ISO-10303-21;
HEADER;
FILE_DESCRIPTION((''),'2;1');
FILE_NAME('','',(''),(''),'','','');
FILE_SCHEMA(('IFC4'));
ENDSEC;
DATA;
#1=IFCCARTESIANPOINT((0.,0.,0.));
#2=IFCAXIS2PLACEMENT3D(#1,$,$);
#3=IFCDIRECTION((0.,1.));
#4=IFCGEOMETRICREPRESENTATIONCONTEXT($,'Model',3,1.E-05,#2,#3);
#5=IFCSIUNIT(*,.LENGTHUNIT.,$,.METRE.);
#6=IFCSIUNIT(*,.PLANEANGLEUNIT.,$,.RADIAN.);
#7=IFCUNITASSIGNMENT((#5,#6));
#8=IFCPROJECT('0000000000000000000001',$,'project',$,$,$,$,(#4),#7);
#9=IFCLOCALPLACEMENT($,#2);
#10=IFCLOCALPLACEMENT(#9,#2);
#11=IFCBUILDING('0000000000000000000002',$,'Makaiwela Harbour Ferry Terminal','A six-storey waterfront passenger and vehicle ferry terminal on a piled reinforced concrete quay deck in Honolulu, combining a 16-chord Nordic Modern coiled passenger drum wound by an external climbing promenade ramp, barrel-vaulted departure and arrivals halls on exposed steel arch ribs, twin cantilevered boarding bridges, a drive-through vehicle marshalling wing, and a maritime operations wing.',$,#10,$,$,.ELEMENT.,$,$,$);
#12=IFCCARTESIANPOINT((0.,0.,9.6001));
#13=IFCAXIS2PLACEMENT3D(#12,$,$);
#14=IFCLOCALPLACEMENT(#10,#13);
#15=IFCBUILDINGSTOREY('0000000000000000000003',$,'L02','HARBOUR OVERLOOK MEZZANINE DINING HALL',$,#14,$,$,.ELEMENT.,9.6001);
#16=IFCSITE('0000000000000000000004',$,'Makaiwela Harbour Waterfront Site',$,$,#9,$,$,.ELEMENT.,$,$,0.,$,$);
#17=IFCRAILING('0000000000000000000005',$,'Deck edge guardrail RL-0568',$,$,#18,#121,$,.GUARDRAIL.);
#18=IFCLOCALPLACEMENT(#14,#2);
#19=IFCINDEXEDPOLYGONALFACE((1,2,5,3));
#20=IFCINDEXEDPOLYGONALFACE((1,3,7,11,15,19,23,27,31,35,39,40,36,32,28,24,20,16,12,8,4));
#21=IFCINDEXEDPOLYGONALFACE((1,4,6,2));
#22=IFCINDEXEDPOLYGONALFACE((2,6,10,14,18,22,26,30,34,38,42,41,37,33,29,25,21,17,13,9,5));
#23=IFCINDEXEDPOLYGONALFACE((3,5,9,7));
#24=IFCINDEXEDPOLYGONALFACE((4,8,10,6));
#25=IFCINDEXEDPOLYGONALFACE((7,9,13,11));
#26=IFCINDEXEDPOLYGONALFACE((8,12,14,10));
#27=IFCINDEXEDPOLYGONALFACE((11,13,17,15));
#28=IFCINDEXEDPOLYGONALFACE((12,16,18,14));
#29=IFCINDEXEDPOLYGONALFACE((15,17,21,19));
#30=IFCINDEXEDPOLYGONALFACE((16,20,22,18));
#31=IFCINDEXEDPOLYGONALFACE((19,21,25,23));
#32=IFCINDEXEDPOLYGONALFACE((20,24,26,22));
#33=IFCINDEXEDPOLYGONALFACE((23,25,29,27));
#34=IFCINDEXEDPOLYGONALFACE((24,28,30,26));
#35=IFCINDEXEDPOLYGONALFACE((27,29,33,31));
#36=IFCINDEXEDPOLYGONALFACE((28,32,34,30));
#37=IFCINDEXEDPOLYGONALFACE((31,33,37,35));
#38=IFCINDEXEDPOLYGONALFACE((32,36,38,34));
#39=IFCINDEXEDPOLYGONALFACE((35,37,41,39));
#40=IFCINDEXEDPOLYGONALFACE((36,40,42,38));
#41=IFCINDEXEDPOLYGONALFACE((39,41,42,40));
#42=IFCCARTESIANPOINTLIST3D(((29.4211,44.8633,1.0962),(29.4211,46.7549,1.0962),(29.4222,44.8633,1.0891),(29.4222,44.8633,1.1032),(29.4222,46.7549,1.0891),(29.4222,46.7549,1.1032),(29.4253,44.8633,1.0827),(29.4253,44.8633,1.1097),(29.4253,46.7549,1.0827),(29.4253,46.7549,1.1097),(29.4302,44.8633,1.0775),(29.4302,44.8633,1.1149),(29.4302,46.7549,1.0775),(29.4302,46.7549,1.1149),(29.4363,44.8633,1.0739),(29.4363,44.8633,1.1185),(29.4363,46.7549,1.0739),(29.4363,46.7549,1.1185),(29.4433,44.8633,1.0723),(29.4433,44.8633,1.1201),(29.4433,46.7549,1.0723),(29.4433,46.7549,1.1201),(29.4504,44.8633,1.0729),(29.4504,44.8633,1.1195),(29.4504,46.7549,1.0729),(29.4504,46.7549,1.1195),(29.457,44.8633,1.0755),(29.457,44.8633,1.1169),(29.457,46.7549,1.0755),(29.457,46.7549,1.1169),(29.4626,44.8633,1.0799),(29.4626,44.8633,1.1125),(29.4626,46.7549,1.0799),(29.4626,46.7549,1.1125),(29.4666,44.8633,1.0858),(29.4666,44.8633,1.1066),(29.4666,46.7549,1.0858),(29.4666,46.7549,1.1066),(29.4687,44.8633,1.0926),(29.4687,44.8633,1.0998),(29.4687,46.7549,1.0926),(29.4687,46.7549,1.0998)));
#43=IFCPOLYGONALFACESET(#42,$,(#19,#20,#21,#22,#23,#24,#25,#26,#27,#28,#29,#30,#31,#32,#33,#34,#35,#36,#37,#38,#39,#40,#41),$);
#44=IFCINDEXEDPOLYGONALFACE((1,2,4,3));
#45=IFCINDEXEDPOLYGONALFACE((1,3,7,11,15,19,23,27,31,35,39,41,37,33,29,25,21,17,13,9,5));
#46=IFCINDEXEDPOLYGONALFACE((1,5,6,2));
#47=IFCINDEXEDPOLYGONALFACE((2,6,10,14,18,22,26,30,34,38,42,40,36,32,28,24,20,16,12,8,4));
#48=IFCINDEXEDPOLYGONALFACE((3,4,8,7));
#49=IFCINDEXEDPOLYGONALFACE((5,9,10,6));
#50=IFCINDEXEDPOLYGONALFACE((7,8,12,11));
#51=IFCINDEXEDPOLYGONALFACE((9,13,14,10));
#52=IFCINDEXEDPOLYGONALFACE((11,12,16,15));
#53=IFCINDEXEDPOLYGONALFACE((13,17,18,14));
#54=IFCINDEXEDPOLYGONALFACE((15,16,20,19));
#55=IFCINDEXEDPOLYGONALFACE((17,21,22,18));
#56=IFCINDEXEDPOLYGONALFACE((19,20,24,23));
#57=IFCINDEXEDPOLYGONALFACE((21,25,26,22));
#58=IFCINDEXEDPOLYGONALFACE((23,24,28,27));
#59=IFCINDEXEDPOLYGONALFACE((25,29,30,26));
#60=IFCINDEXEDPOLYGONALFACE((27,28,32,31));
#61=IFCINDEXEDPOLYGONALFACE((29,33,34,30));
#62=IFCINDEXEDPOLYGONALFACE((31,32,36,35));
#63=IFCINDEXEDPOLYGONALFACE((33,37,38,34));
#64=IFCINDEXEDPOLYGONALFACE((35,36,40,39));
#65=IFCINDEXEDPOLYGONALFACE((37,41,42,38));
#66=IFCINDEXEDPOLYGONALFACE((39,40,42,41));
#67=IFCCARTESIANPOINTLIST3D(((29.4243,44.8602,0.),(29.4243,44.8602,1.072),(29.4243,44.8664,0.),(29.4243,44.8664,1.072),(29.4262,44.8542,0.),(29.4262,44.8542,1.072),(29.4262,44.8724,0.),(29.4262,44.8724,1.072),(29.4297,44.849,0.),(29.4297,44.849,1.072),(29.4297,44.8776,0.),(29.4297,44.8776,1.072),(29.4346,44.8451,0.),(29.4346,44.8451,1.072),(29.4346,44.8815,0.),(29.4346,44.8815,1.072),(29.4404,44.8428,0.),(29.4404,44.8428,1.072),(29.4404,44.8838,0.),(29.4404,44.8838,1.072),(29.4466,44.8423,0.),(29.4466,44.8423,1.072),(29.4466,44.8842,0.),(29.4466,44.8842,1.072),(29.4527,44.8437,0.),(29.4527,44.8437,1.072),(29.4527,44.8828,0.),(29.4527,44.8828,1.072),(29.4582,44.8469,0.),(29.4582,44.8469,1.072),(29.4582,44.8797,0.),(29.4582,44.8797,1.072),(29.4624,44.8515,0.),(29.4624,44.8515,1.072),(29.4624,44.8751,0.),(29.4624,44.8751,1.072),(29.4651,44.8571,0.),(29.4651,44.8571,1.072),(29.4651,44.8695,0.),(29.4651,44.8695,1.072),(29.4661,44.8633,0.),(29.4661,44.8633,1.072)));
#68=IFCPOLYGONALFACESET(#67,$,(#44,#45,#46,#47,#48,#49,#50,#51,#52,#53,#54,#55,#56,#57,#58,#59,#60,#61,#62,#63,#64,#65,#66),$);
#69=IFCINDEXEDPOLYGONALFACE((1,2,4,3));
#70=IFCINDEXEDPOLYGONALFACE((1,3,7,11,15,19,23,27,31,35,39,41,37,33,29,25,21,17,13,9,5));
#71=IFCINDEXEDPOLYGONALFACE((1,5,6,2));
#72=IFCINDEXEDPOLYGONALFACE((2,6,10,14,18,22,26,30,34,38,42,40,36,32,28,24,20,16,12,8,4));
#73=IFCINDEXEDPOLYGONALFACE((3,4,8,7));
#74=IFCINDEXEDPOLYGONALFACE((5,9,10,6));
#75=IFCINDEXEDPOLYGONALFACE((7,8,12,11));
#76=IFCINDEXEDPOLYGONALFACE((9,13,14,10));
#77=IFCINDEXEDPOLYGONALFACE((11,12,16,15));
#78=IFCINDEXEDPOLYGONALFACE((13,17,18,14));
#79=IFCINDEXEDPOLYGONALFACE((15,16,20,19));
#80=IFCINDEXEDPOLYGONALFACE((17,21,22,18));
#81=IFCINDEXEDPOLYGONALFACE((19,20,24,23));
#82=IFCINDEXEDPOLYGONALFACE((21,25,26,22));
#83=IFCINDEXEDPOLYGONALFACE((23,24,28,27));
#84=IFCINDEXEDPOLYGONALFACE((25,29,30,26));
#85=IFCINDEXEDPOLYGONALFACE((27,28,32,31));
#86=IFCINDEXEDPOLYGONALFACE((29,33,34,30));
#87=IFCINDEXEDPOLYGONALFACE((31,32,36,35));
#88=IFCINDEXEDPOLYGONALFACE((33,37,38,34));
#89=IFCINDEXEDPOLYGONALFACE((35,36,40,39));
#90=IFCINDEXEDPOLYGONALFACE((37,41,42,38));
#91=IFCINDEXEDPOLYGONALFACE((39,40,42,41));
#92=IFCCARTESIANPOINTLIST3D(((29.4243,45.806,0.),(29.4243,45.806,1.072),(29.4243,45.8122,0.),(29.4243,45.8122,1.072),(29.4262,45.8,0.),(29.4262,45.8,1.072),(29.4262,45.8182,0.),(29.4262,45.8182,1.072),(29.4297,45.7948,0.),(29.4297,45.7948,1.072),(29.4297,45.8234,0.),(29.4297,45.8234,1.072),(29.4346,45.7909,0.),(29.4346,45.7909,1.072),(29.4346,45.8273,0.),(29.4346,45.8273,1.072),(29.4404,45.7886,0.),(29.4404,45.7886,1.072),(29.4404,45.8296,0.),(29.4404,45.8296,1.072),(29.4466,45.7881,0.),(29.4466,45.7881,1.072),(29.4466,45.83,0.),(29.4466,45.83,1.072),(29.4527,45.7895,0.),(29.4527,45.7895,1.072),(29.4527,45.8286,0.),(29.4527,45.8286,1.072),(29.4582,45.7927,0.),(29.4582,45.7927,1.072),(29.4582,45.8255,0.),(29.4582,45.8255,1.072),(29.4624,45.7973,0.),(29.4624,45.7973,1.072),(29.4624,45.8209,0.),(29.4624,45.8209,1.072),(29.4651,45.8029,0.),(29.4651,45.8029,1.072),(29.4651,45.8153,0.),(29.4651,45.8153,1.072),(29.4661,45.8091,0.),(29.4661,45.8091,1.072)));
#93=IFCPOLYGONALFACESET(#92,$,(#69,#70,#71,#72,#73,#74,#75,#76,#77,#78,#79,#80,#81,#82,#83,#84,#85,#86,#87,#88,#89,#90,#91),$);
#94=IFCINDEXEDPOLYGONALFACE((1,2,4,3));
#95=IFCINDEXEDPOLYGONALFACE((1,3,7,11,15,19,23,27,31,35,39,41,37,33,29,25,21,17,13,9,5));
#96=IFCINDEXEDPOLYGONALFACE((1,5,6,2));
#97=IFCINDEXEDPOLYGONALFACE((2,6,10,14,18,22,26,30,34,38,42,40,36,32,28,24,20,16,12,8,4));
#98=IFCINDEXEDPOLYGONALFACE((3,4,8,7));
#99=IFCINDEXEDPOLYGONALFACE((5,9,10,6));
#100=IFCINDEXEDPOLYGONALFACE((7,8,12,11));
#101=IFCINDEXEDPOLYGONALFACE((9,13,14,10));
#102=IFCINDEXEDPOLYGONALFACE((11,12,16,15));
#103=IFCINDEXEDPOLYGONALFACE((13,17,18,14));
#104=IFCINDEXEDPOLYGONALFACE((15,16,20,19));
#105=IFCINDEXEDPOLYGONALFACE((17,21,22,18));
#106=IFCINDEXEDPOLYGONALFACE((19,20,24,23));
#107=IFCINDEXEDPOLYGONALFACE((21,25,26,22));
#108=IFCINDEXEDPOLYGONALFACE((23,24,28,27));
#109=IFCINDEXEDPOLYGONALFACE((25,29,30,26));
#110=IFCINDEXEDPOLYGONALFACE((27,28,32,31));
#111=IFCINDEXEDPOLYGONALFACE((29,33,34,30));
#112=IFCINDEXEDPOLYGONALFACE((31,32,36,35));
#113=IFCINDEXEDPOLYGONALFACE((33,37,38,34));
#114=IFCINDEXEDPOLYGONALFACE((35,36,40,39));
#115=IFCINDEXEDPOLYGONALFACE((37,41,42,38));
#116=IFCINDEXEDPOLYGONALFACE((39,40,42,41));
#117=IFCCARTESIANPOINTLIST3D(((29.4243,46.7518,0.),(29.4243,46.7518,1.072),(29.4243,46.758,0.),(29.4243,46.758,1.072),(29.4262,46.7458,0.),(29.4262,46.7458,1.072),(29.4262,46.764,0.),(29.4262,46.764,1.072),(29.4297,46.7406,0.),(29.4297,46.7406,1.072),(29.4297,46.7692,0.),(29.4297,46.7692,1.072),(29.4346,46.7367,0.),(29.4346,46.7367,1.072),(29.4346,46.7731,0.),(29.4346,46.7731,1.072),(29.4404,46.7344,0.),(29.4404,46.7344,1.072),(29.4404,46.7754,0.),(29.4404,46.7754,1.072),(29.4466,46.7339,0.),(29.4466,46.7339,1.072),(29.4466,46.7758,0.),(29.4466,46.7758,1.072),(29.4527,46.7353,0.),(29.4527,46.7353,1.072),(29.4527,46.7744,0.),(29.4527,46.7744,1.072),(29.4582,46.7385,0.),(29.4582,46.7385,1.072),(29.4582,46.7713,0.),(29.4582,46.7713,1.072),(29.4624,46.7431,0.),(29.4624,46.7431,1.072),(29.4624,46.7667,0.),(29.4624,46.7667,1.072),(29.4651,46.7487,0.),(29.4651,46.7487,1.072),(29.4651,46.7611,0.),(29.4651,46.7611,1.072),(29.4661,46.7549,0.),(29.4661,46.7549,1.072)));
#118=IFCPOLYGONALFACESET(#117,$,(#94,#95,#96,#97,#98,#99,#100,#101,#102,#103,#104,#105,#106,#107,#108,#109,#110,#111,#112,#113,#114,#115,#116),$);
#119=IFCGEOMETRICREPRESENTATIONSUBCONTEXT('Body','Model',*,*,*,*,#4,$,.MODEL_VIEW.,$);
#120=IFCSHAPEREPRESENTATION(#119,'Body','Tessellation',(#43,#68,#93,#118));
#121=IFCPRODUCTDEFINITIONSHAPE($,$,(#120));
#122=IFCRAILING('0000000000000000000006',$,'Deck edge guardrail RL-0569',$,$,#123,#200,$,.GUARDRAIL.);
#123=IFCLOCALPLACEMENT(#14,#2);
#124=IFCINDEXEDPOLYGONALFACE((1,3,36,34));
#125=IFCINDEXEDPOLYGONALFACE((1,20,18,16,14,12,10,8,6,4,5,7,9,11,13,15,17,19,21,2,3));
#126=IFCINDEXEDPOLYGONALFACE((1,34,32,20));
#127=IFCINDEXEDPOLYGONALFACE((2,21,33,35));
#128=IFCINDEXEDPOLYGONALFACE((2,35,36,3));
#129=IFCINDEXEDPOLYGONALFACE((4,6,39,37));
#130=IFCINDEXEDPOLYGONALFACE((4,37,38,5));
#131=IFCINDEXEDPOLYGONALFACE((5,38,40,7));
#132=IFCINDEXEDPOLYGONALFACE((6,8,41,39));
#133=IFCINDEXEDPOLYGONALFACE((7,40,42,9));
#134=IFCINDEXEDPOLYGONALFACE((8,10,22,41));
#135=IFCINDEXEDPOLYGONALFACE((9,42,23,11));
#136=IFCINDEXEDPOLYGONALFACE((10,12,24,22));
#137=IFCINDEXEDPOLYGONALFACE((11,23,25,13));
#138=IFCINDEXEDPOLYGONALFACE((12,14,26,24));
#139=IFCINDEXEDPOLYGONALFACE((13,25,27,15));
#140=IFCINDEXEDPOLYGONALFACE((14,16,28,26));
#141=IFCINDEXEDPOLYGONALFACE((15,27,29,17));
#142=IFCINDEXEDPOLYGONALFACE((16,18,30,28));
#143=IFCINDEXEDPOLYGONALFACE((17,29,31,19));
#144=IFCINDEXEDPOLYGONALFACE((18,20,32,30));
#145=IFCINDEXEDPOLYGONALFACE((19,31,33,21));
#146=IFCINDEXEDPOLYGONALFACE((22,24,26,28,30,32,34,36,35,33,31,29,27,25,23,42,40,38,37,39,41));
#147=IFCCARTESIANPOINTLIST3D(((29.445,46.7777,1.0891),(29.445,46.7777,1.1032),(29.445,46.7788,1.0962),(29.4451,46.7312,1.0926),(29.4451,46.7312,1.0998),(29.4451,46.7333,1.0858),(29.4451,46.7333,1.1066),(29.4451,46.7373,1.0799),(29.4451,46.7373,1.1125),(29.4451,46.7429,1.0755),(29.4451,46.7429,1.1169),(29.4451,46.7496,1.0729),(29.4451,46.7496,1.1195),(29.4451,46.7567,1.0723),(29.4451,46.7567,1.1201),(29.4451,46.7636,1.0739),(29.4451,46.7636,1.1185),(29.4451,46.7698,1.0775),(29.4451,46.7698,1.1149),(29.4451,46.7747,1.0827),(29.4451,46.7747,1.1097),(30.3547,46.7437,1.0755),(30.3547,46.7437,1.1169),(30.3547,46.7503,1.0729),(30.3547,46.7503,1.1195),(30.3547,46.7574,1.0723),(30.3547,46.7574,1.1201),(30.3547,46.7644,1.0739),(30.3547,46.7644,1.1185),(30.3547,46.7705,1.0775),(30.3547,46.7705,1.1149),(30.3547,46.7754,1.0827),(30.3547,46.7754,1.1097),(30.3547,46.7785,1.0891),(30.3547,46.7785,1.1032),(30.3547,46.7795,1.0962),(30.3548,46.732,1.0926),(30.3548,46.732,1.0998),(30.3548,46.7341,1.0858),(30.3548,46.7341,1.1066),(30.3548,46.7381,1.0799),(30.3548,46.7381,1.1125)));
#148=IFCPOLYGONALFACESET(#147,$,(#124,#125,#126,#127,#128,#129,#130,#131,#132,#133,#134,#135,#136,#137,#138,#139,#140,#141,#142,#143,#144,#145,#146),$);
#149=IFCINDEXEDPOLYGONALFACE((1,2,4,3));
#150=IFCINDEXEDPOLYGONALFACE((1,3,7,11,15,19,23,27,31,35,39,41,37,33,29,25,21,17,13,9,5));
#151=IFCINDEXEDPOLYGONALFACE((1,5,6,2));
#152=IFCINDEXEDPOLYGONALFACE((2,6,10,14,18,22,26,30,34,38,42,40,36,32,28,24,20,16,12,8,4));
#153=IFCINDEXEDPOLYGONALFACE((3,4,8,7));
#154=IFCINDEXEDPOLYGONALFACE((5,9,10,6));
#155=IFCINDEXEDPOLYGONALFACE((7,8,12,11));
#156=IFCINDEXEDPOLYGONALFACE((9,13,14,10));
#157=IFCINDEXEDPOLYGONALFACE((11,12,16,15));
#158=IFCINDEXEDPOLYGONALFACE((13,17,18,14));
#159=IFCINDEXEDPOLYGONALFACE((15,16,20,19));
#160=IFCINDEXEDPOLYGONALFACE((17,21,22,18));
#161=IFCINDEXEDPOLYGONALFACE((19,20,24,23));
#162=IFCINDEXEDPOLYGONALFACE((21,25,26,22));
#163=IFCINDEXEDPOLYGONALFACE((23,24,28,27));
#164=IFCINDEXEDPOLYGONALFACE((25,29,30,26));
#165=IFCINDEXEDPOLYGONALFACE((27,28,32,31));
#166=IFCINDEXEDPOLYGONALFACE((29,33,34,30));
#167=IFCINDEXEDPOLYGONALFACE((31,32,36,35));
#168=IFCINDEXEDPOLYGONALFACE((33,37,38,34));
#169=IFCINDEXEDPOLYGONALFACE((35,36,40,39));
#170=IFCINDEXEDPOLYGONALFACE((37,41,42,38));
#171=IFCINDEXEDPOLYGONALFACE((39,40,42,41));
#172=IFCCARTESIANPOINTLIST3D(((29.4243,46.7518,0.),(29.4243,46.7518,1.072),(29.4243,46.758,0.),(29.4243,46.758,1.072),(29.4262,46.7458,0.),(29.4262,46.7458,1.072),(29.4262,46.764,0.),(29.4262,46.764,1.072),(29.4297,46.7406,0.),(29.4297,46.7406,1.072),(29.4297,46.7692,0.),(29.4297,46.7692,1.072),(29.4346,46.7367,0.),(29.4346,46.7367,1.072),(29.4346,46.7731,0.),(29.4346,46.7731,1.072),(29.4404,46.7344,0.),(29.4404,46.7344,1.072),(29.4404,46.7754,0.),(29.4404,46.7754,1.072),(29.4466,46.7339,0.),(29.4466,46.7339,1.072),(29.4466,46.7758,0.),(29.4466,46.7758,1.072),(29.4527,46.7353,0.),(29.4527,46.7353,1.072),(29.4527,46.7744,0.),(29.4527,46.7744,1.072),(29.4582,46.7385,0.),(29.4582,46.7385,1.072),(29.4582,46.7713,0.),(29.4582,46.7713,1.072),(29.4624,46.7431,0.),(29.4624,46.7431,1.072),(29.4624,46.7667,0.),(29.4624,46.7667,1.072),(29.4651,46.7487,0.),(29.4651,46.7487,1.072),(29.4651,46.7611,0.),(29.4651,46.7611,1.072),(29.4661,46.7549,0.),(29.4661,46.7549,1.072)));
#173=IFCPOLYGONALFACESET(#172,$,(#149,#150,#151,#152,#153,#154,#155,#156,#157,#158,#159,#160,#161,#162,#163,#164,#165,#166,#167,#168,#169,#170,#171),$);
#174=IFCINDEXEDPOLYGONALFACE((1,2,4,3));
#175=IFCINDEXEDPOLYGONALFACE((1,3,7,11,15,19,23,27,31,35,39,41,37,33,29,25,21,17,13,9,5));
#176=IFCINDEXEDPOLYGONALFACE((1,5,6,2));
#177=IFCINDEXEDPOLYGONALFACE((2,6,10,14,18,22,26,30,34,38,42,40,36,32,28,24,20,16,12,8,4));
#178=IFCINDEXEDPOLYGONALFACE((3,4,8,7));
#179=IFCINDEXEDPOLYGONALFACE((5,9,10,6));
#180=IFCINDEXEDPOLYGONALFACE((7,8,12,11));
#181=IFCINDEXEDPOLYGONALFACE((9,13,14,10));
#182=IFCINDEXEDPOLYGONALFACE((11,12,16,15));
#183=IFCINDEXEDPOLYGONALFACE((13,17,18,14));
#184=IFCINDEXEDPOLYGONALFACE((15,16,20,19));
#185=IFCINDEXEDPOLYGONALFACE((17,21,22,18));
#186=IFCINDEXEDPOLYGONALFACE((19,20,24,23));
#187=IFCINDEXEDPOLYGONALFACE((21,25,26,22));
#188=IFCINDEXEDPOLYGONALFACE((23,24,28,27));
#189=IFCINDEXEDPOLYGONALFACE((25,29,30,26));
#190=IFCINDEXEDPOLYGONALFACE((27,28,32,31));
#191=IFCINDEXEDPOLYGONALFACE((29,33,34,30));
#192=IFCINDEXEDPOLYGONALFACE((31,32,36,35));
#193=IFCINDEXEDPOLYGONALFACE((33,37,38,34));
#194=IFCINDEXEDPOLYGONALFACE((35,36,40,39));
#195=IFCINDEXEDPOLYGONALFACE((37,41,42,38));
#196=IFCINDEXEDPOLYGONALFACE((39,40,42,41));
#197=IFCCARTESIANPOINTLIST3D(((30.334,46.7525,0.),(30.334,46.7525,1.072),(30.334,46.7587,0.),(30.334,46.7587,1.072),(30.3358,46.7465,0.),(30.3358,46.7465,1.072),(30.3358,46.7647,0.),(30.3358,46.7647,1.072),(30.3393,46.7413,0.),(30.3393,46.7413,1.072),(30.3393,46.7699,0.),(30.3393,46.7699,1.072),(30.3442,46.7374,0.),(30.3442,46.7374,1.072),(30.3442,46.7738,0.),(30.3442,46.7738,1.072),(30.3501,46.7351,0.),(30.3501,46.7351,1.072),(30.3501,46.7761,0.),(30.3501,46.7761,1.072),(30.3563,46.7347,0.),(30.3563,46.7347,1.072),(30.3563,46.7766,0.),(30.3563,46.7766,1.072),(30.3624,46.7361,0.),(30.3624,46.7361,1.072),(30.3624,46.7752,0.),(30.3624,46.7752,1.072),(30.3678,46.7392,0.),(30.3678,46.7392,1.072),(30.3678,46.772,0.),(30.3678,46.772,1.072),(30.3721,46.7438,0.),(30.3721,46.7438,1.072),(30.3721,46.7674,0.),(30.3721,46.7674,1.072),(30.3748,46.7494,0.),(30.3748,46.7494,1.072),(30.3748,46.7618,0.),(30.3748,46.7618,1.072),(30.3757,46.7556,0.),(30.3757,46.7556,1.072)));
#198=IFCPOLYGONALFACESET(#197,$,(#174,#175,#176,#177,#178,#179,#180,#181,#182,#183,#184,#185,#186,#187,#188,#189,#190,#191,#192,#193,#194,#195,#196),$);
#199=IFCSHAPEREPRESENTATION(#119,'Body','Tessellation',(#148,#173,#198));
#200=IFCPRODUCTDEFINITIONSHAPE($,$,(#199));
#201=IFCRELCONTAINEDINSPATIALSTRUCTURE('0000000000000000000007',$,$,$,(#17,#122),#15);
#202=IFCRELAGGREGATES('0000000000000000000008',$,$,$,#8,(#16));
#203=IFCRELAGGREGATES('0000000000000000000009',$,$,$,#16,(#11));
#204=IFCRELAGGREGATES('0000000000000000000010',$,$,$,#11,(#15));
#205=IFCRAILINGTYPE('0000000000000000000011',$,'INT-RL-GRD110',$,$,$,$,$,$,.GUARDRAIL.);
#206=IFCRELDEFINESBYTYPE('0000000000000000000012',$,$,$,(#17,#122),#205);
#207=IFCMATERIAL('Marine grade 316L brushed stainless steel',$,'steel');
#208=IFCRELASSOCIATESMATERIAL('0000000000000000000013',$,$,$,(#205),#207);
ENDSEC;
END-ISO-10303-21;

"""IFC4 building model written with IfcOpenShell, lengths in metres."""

from ifc_helpers import new_model, si_unit, direction, frame, origin, origin_2d, place, context, subcontext, project, spatial, circle, extrude, material, type_object, element, save


model = new_model("IFC4")

# Units and contexts
model_context = context("Model", 3, precision=1e-05, world=origin(), true_north=direction((0.0, 1.0)))
body_context = subcontext(model_context, "Body", "Model", "MODEL_VIEW")
ifc_project = project(units=[si_unit("LENGTHUNIT", "METRE"), si_unit("PLANEANGLEUNIT", "RADIAN")], contexts=[model_context])

# Site, building, storey
site_placement = place(None, origin())
site = spatial("IfcSite", under=ifc_project, at=site_placement, Name="Makaiwela Harbour Waterfront Site", CompositionType="ELEMENT", RefElevation=0.0)
building_placement = place(site_placement, origin())
building = spatial("IfcBuilding", under=site, at=building_placement, Name="Makaiwela Harbour Ferry Terminal", Description="A six-storey waterfront passenger and vehicle ferry terminal on a piled reinforced concrete quay deck in Honolulu, combining a 16-chord Nordic Modern coiled passenger drum wound by an external climbing promenade ramp, barrel-vaulted departure and arrivals halls on exposed steel arch ribs, twin cantilevered boarding bridges, a drive-through vehicle marshalling wing, and a maritime operations wing.", CompositionType="ELEMENT")
storey_placement = place(building_placement, frame((0.0, 0.0, 9.6001)))
storey = spatial("IfcBuildingStorey", under=building, at=storey_placement, Name="L02", Description="HARBOUR OVERLOOK MEZZANINE DINING HALL", CompositionType="ELEMENT", Elevation=9.6001)

# Railings
ifc_material_1 = material(Name="Marine grade 316L brushed stainless steel", Category="steel")
railing_type = type_object("IfcRailingType", Name="INT-RL-GRD110", PredefinedType="GUARDRAIL", material=ifc_material_1)
for number, where, name in (
    (1, (29.4451, 44.8633, 0.0), "Deck edge guardrail RL-0568"),
):
    element("IfcRailing", number, at=place(storey_placement, frame(where)), inside=storey, type_object=railing_type, Name=name, PredefinedType="GUARDRAIL", context=body_context, shape_type="SweptSolid", body=[
        extrude(circle(Radius=0.0239, at=origin_2d()), frame((0.0, 0.0, 1.0962), z_axis=(0.0, 1.0, 0.0), x_axis=(-1.0, 0.0, 0.0)), (0.0, 0.0, 1.0), 1.8916),
        extrude(circle(Radius=0.021, at=origin_2d()), origin(), (0.0, 0.0, 1.0), 1.072),
        extrude(circle(Radius=0.021, at=origin_2d()), frame((0.0, 0.9458, 0.0)), (0.0, 0.0, 1.0), 1.072),
        extrude(circle(Radius=0.021, at=origin_2d()), frame((0.0, 1.8916, 0.0)), (0.0, 0.0, 1.0), 1.072),
    ])
railing_1_placement = place(storey_placement, frame((29.4451, 46.7549, 0.0)))
element("IfcRailing", 2, at=railing_1_placement, inside=storey, type_object=railing_type, Name="Deck edge guardrail RL-0569", PredefinedType="GUARDRAIL", context=body_context, shape_type="SweptSolid", body=[
    extrude(circle(Radius=0.0239, at=origin_2d()), frame((0.0, 0.0, 1.0962), z_axis=(1.0, 0.000805, 0.0), x_axis=(-0.000805, 1.0, 0.0)), (0.0, 0.0, 1.0), 0.9097),
    extrude(circle(Radius=0.021, at=origin_2d()), origin(), (0.0, 0.0, 1.0), 1.072),
    extrude(circle(Radius=0.021, at=origin_2d()), frame((0.9097, 0.0007, 0.0)), (0.0, 0.0, 1.0), 1.072),
])

save(model, "model.ifc")
